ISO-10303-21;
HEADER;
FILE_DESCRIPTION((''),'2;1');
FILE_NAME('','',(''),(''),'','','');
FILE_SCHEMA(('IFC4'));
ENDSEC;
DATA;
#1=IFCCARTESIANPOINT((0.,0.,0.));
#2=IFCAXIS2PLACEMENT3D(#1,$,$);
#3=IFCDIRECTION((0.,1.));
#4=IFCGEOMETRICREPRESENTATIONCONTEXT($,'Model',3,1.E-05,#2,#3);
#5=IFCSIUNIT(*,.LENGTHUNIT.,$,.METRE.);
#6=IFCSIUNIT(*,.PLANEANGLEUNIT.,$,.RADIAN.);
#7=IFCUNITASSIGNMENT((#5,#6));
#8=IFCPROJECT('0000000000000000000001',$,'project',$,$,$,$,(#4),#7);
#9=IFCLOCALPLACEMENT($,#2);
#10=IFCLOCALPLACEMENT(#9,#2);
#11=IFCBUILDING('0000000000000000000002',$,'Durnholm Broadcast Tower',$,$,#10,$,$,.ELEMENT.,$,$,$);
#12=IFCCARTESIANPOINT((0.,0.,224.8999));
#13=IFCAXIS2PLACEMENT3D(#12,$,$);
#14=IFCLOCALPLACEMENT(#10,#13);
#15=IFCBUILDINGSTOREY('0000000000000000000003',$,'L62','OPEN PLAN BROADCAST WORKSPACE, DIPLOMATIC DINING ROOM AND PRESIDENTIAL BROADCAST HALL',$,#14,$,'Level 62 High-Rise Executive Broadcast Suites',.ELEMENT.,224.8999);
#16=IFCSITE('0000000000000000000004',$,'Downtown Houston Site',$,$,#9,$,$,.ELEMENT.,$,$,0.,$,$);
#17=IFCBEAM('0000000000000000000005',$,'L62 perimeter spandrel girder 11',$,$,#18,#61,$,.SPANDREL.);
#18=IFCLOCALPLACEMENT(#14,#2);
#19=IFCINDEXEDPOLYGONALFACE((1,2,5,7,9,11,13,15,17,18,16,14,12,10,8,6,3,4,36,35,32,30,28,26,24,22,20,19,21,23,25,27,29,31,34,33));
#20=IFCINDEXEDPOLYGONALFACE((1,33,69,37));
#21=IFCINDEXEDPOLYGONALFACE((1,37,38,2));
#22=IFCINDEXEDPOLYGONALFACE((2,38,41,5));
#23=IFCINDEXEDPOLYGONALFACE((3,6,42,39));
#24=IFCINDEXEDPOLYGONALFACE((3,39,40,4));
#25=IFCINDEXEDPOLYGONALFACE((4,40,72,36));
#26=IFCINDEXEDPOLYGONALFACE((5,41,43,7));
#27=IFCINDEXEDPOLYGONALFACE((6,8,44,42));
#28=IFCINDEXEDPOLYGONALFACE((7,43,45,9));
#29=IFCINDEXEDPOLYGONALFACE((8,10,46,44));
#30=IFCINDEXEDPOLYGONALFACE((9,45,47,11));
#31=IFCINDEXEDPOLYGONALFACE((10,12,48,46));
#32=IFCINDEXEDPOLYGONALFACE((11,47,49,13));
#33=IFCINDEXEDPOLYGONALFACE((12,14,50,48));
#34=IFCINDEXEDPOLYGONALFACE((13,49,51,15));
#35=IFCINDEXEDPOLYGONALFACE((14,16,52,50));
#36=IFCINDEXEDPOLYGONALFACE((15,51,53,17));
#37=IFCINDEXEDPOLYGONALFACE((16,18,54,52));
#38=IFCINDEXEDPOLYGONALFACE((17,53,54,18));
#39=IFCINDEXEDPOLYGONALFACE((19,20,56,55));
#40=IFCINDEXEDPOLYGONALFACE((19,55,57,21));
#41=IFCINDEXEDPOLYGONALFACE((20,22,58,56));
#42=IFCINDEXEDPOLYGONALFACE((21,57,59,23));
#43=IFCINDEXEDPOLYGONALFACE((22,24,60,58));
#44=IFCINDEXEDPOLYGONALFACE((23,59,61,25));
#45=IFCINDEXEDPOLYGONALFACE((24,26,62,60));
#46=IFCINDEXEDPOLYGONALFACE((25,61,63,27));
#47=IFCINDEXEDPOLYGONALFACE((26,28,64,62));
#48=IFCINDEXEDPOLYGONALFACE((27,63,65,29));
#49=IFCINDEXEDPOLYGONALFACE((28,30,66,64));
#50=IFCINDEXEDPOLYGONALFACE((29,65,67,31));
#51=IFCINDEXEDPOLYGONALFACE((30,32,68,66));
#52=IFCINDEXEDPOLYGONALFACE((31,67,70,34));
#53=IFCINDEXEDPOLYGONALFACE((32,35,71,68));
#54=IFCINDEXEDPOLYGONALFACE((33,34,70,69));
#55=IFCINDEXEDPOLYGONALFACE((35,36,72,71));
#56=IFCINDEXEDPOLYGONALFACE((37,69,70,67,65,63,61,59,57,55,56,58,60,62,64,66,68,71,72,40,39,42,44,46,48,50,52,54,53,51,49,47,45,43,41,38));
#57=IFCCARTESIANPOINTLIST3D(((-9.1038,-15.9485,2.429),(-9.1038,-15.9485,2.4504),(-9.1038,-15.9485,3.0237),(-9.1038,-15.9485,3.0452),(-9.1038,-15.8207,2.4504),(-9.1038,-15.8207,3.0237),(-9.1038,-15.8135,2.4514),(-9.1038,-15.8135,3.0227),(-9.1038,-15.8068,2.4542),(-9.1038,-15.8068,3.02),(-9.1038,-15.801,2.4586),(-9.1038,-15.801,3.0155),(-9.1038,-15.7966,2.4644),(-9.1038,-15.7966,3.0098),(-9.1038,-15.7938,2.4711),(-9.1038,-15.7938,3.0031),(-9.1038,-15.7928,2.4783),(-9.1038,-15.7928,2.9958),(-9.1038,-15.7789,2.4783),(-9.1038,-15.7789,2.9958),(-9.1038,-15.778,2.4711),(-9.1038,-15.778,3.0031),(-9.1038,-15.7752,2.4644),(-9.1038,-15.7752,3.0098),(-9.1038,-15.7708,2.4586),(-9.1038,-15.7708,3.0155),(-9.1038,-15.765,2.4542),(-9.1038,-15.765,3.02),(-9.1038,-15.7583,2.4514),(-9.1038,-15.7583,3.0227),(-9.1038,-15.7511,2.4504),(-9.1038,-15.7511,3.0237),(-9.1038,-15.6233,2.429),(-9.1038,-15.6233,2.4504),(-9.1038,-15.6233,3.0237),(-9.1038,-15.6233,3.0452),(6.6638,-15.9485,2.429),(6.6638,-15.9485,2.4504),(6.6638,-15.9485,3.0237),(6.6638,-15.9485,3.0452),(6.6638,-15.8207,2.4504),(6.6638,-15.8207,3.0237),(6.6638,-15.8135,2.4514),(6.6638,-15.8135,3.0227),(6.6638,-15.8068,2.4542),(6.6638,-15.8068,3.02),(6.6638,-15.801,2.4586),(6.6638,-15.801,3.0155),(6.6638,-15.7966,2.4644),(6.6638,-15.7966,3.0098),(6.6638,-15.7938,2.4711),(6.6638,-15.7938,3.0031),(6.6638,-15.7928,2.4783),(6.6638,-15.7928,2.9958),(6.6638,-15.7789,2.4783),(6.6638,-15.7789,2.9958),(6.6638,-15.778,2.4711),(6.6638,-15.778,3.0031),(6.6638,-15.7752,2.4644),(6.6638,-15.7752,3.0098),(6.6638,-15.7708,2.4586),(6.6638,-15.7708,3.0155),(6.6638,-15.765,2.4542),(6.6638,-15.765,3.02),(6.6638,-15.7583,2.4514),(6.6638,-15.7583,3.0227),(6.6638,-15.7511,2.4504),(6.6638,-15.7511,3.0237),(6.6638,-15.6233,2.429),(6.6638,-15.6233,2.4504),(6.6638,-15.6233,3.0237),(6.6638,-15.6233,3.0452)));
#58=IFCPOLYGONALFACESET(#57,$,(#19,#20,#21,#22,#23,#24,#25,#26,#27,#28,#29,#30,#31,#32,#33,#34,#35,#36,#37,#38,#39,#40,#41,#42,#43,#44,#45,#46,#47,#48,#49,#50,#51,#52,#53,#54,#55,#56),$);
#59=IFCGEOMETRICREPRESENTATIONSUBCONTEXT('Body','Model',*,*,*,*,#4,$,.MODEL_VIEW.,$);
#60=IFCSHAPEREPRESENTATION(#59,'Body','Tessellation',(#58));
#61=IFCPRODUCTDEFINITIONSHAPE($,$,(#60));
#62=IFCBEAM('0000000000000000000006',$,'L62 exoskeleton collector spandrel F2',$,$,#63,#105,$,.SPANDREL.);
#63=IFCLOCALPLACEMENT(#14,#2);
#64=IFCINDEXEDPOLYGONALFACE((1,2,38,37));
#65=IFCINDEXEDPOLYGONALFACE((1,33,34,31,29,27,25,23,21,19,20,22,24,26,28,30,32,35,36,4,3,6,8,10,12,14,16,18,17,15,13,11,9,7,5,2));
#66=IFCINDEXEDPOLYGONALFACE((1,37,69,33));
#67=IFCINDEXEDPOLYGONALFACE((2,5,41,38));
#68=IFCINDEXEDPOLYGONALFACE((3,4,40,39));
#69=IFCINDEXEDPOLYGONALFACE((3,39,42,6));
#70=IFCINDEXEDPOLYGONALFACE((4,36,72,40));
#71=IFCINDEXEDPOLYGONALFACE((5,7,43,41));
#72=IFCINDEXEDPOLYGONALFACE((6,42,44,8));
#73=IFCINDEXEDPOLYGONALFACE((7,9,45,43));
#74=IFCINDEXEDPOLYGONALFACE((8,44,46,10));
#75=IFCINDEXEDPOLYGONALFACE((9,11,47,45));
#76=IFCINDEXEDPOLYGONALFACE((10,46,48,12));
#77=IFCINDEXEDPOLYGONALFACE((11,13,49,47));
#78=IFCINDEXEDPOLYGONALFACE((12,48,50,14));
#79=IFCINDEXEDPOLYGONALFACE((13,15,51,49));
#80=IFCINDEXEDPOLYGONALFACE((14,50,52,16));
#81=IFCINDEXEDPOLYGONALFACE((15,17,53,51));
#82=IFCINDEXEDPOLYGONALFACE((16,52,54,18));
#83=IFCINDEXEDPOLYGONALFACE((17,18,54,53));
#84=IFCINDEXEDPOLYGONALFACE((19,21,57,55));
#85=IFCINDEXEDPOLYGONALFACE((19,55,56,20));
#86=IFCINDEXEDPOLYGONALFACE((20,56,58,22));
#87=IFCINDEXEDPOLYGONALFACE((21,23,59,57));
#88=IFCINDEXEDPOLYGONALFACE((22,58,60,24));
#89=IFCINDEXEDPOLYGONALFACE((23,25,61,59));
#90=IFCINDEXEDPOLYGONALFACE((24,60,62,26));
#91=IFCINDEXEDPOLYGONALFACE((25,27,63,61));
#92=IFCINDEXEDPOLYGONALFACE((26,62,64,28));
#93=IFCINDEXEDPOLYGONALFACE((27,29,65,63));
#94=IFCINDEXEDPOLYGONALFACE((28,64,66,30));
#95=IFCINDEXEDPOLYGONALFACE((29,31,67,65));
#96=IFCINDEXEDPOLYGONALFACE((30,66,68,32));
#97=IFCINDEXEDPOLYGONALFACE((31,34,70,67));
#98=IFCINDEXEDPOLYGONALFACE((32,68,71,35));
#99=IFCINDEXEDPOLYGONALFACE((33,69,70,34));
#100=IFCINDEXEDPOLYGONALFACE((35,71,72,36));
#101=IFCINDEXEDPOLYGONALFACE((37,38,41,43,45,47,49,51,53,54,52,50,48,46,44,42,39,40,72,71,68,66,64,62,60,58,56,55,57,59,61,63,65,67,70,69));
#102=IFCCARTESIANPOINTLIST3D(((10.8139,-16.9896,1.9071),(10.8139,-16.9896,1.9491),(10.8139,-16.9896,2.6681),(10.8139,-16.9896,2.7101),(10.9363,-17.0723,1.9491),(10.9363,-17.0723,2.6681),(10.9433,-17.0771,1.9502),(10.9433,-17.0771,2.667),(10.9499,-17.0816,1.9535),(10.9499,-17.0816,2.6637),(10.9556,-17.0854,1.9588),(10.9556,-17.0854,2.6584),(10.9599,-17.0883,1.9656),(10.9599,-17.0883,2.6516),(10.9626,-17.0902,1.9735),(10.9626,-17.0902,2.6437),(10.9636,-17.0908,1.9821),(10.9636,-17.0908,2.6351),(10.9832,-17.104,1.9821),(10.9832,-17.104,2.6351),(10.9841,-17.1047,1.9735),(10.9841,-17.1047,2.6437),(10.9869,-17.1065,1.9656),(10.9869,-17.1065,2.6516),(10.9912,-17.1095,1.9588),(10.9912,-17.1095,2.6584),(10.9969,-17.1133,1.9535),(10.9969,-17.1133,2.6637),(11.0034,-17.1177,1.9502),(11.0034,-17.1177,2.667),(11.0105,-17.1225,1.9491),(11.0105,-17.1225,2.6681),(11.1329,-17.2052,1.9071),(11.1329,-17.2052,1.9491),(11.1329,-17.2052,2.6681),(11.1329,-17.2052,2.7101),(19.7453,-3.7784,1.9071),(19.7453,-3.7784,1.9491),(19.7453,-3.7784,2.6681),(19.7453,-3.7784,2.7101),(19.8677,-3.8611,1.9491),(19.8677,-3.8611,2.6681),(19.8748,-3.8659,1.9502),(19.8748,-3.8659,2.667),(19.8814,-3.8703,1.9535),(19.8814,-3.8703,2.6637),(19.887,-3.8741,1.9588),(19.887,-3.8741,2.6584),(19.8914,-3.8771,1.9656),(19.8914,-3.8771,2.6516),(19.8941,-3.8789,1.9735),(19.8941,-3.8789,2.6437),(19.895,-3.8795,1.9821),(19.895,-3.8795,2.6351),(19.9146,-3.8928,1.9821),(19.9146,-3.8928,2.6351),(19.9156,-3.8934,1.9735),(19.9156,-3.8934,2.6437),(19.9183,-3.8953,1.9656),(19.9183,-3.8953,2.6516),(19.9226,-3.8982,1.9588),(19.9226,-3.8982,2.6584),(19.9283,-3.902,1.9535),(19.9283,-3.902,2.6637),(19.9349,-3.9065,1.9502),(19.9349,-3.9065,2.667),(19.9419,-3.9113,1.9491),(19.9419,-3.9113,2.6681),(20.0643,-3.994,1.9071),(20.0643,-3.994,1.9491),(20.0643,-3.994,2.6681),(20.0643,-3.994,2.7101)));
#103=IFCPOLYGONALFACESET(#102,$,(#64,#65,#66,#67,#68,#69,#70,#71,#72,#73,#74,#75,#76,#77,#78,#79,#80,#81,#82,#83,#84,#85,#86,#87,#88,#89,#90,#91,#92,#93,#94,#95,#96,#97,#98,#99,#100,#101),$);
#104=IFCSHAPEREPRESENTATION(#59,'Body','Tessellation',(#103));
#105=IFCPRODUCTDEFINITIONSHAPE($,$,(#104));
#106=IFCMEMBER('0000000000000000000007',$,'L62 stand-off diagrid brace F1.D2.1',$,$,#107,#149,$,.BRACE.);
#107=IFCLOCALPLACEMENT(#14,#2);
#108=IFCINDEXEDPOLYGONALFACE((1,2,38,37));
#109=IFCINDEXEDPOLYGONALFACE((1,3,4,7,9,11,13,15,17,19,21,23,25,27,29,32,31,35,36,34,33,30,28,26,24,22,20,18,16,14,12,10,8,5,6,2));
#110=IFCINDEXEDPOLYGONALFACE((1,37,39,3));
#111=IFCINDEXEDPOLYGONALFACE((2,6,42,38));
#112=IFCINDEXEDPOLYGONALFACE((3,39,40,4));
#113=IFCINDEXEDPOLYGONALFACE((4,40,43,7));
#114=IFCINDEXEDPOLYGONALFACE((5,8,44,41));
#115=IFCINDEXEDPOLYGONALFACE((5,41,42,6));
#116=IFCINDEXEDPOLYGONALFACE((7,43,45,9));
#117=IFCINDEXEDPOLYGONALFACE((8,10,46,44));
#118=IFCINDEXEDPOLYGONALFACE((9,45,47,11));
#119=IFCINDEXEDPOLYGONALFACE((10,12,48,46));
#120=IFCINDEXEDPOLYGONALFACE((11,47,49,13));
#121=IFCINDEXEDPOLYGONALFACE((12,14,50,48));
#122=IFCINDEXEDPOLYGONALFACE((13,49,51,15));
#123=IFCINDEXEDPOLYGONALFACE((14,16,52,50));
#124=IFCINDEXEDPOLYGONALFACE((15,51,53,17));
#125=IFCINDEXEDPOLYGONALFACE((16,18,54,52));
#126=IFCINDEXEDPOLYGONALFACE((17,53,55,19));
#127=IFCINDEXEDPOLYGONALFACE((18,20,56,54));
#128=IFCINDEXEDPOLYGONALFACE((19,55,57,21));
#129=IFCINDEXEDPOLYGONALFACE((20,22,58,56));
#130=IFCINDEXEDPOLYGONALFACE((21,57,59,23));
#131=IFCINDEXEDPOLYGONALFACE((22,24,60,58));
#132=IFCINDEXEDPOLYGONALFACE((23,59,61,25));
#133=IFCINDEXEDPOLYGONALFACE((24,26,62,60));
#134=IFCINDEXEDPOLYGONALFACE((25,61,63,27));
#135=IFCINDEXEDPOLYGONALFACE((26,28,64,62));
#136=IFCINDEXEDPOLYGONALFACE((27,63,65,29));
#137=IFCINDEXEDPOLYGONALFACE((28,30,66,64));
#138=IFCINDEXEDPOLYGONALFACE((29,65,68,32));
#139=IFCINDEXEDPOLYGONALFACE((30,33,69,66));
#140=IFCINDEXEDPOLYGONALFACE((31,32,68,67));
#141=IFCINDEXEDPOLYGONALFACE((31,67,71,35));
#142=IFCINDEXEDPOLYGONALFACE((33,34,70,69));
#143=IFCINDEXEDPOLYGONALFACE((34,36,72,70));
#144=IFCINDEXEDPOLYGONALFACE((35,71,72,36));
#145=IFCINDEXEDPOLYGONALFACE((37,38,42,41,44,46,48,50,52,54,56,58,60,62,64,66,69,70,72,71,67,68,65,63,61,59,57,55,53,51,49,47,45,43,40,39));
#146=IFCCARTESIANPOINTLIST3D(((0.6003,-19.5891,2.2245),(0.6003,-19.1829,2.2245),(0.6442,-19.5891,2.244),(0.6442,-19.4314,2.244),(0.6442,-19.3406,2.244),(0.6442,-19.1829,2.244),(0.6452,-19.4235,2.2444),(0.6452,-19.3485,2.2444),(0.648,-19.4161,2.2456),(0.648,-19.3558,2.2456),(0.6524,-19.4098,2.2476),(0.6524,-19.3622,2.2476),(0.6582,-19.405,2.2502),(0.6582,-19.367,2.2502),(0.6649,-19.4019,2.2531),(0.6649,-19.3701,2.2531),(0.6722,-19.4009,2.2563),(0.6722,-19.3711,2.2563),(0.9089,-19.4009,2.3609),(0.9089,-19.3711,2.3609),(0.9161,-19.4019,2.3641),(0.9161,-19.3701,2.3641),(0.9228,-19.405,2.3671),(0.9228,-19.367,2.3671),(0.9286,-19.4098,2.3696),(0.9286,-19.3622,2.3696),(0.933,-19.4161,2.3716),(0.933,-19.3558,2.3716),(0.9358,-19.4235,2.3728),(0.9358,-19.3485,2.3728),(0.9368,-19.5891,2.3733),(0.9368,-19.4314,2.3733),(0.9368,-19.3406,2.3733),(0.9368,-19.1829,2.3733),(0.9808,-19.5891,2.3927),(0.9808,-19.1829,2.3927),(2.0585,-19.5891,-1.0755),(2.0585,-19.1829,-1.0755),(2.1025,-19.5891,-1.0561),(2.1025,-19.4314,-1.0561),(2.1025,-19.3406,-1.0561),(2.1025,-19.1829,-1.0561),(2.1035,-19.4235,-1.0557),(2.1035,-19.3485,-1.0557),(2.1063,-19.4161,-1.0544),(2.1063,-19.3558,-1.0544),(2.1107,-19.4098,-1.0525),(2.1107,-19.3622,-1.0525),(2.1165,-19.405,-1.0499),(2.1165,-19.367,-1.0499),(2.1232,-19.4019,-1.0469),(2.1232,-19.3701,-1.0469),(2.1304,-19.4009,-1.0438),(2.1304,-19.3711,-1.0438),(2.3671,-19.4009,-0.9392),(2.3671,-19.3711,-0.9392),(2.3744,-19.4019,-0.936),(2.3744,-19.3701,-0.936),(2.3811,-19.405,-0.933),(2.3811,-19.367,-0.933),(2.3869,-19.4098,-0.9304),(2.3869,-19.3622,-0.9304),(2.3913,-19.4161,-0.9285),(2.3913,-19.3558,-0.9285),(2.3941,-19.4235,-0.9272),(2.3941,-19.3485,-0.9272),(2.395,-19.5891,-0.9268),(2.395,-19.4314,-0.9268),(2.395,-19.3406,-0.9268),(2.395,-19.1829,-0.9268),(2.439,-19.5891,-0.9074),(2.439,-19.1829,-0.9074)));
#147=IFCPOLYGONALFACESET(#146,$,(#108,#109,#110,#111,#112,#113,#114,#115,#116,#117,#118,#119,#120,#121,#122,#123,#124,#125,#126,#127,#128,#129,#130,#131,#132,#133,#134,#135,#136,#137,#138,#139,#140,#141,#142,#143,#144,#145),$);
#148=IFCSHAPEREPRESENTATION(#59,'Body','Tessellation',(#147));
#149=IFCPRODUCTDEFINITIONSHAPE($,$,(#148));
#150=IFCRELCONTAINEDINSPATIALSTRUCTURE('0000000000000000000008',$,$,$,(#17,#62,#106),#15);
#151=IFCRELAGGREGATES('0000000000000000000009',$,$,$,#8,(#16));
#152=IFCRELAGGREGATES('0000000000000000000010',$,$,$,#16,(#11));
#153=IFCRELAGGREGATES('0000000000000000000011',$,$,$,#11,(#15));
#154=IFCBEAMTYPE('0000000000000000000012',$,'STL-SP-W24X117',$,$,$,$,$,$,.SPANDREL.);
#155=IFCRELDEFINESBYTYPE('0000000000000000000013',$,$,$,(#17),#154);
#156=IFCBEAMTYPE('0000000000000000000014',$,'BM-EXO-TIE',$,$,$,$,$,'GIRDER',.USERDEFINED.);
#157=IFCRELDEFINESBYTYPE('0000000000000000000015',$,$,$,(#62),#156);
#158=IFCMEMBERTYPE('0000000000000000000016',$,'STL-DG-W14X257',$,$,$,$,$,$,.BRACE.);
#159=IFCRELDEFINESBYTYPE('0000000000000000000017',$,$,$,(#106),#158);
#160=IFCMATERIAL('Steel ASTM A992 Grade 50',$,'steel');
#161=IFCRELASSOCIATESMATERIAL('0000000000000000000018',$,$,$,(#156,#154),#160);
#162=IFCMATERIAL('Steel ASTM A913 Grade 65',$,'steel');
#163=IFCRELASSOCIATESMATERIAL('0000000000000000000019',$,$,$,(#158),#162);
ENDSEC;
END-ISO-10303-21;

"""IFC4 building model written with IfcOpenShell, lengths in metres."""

from ifc_helpers import new_model, si_unit, direction, frame, origin, origin_2d, place, context, subcontext, project, spatial, i_section, extrude, source, transform, mapped, material, material_profile, profile_set, type_object, type_shapes, element, save


model = new_model("IFC4")

# Units and contexts
model_context = context("Model", 3, precision=1e-05, world=origin(), true_north=direction((0.0, 1.0)))
body_context = subcontext(model_context, "Body", "Model", "MODEL_VIEW")
ifc_project = project(units=[si_unit("LENGTHUNIT", "METRE"), si_unit("PLANEANGLEUNIT", "RADIAN")], contexts=[model_context])

# Site, building, storey
site_placement = place(None, origin())
site = spatial("IfcSite", under=ifc_project, at=site_placement, Name="Downtown Houston Site", CompositionType="ELEMENT", RefElevation=0.0)
building_placement = place(site_placement, origin())
building = spatial("IfcBuilding", under=site, at=building_placement, Name="Durnholm Broadcast Tower", CompositionType="ELEMENT")
storey_placement = place(building_placement, frame((0.0, 0.0, 224.8999)))
storey = spatial("IfcBuildingStorey", under=building, at=storey_placement, Name="L62", Description="OPEN PLAN BROADCAST WORKSPACE, DIPLOMATIC DINING ROOM AND PRESIDENTIAL BROADCAST HALL", LongName="Level 62 High-Rise Executive Broadcast Suites", CompositionType="ELEMENT", Elevation=224.8999)

# Beams
ifc_material_1 = material(Name="Steel ASTM A992 Grade 50", Category="steel")
ifc_material_profile_1 = material_profile(ifc_material_1, i_section(OverallWidth=0.385, OverallDepth=0.803, WebThickness=0.0237, FlangeThickness=0.042, FilletRadius=0.033, at=origin_2d()), Name="W30X261")
ifc_profile_set_1 = profile_set([ifc_material_profile_1], Name="Steel ASTM A992 Grade 50")
beam_type_1 = type_object("IfcBeamType", Name="BM-EXO-TIE", ElementType="GIRDER", PredefinedType="USERDEFINED", material=ifc_profile_set_1)
ifc_material_profile_2 = material_profile(ifc_material_1, i_section(OverallWidth=0.3252, OverallDepth=0.6162, WebThickness=0.0139, FlangeThickness=0.0215, FilletRadius=0.0278, at=origin_2d()), Name="W24X117")
ifc_profile_set_2 = profile_set([ifc_material_profile_2], Name="Steel ASTM A992 Grade 50")
beam_type_2 = type_object("IfcBeamType", Name="STL-SP-W24X117", PredefinedType="SPANDREL", material=ifc_profile_set_2)
shared_shape_1 = source(origin(), body_context, "Body", "SweptSolid", [
    extrude(i_section(OverallWidth=0.3252, OverallDepth=0.6162, WebThickness=0.0139, FlangeThickness=0.0215, FilletRadius=0.0278, at=origin_2d()), origin(), (0.0, 0.0, 1.0), 15.7676),
])
beam_1_placement = place(storey_placement, frame((6.6638, -15.7859, 2.7371), z_axis=(-1.0, 0.0, 0.0), x_axis=(0.0, -1.0, 0.0)))
element("IfcBeam", 1, at=beam_1_placement, inside=storey, type_object=beam_type_2, Name="L62 perimeter spandrel girder 11", PredefinedType="SPANDREL", context=body_context, shape_type="MappedRepresentation", body=[
    mapped(shared_shape_1, transform((0.0, 0.0, 0.0), x_axis=(1.0, 0.0, 0.0), y_axis=(0.0, 1.0, 0.0), z_axis=(0.0, 0.0, 1.0), scale=1.0)),
])
shared_shape_2 = source(origin(), body_context, "Body", "SweptSolid", [
    extrude(i_section(OverallWidth=0.385, OverallDepth=0.803, WebThickness=0.0237, FlangeThickness=0.042, FilletRadius=0.033, at=origin_2d()), origin(), (0.0, 0.0, 1.0), 15.947),
])
beam_2_placement = place(storey_placement, frame((10.9734, -17.0974, 2.3086), z_axis=(0.560069, 0.828446, 0.0), x_axis=(-0.828446, 0.560069, 0.0)))
element("IfcBeam", 2, at=beam_2_placement, inside=storey, type_object=beam_type_1, Name="L62 exoskeleton collector spandrel F2", PredefinedType="SPANDREL", context=body_context, shape_type="MappedRepresentation", body=[
    mapped(shared_shape_2, transform((0.0, 0.0, 0.0), x_axis=(1.0, 0.0, 0.0), y_axis=(0.0, 1.0, 0.0), z_axis=(0.0, 0.0, 1.0), scale=1.0)),
])

# Member
ifc_material_2 = material(Name="Steel ASTM A913 Grade 65", Category="steel")
ifc_material_profile_3 = material_profile(ifc_material_2, i_section(OverallWidth=0.4062, OverallDepth=0.416, WebThickness=0.0298, FlangeThickness=0.0481, FilletRadius=0.0305, at=origin_2d()), Name="W14X257")
ifc_profile_set_3 = profile_set([ifc_material_profile_3], Name="Steel ASTM A913 Grade 65")
member_type_1 = type_object("IfcMemberType", Name="STL-DG-W14X257", PredefinedType="BRACE", material=ifc_profile_set_3)
shared_shape_3 = source(origin(), body_context, "Body", "SweptSolid", [
    extrude(i_section(OverallWidth=0.4062, OverallDepth=0.416, WebThickness=0.0298, FlangeThickness=0.0481, FilletRadius=0.0305, at=origin_2d()), origin(), (0.0, 0.0, 1.0), 3.6079),
])
type_shapes(member_type_1, [shared_shape_3])
for number, where, z_axis, x_axis, name in (
    (3, (2.2488, -19.386, -0.9915), (-0.404185, 0.0, 0.914677), (0.0, -1.0, 0.0), "L62 stand-off diagrid brace F1.D2.1"),
):
    element("IfcMember", number, at=place(storey_placement, frame(where, z_axis=z_axis, x_axis=x_axis)), inside=storey, type_object=member_type_1, Name=name, PredefinedType="BRACE", context=body_context, shape_type="MappedRepresentation", body=[
        mapped(shared_shape_3, transform((0.0, 0.0, 0.0), x_axis=(1.0, 0.0, 0.0), y_axis=(0.0, 1.0, 0.0), z_axis=(0.0, 0.0, 1.0), scale=1.0)),
    ])

save(model, "model.ifc")
